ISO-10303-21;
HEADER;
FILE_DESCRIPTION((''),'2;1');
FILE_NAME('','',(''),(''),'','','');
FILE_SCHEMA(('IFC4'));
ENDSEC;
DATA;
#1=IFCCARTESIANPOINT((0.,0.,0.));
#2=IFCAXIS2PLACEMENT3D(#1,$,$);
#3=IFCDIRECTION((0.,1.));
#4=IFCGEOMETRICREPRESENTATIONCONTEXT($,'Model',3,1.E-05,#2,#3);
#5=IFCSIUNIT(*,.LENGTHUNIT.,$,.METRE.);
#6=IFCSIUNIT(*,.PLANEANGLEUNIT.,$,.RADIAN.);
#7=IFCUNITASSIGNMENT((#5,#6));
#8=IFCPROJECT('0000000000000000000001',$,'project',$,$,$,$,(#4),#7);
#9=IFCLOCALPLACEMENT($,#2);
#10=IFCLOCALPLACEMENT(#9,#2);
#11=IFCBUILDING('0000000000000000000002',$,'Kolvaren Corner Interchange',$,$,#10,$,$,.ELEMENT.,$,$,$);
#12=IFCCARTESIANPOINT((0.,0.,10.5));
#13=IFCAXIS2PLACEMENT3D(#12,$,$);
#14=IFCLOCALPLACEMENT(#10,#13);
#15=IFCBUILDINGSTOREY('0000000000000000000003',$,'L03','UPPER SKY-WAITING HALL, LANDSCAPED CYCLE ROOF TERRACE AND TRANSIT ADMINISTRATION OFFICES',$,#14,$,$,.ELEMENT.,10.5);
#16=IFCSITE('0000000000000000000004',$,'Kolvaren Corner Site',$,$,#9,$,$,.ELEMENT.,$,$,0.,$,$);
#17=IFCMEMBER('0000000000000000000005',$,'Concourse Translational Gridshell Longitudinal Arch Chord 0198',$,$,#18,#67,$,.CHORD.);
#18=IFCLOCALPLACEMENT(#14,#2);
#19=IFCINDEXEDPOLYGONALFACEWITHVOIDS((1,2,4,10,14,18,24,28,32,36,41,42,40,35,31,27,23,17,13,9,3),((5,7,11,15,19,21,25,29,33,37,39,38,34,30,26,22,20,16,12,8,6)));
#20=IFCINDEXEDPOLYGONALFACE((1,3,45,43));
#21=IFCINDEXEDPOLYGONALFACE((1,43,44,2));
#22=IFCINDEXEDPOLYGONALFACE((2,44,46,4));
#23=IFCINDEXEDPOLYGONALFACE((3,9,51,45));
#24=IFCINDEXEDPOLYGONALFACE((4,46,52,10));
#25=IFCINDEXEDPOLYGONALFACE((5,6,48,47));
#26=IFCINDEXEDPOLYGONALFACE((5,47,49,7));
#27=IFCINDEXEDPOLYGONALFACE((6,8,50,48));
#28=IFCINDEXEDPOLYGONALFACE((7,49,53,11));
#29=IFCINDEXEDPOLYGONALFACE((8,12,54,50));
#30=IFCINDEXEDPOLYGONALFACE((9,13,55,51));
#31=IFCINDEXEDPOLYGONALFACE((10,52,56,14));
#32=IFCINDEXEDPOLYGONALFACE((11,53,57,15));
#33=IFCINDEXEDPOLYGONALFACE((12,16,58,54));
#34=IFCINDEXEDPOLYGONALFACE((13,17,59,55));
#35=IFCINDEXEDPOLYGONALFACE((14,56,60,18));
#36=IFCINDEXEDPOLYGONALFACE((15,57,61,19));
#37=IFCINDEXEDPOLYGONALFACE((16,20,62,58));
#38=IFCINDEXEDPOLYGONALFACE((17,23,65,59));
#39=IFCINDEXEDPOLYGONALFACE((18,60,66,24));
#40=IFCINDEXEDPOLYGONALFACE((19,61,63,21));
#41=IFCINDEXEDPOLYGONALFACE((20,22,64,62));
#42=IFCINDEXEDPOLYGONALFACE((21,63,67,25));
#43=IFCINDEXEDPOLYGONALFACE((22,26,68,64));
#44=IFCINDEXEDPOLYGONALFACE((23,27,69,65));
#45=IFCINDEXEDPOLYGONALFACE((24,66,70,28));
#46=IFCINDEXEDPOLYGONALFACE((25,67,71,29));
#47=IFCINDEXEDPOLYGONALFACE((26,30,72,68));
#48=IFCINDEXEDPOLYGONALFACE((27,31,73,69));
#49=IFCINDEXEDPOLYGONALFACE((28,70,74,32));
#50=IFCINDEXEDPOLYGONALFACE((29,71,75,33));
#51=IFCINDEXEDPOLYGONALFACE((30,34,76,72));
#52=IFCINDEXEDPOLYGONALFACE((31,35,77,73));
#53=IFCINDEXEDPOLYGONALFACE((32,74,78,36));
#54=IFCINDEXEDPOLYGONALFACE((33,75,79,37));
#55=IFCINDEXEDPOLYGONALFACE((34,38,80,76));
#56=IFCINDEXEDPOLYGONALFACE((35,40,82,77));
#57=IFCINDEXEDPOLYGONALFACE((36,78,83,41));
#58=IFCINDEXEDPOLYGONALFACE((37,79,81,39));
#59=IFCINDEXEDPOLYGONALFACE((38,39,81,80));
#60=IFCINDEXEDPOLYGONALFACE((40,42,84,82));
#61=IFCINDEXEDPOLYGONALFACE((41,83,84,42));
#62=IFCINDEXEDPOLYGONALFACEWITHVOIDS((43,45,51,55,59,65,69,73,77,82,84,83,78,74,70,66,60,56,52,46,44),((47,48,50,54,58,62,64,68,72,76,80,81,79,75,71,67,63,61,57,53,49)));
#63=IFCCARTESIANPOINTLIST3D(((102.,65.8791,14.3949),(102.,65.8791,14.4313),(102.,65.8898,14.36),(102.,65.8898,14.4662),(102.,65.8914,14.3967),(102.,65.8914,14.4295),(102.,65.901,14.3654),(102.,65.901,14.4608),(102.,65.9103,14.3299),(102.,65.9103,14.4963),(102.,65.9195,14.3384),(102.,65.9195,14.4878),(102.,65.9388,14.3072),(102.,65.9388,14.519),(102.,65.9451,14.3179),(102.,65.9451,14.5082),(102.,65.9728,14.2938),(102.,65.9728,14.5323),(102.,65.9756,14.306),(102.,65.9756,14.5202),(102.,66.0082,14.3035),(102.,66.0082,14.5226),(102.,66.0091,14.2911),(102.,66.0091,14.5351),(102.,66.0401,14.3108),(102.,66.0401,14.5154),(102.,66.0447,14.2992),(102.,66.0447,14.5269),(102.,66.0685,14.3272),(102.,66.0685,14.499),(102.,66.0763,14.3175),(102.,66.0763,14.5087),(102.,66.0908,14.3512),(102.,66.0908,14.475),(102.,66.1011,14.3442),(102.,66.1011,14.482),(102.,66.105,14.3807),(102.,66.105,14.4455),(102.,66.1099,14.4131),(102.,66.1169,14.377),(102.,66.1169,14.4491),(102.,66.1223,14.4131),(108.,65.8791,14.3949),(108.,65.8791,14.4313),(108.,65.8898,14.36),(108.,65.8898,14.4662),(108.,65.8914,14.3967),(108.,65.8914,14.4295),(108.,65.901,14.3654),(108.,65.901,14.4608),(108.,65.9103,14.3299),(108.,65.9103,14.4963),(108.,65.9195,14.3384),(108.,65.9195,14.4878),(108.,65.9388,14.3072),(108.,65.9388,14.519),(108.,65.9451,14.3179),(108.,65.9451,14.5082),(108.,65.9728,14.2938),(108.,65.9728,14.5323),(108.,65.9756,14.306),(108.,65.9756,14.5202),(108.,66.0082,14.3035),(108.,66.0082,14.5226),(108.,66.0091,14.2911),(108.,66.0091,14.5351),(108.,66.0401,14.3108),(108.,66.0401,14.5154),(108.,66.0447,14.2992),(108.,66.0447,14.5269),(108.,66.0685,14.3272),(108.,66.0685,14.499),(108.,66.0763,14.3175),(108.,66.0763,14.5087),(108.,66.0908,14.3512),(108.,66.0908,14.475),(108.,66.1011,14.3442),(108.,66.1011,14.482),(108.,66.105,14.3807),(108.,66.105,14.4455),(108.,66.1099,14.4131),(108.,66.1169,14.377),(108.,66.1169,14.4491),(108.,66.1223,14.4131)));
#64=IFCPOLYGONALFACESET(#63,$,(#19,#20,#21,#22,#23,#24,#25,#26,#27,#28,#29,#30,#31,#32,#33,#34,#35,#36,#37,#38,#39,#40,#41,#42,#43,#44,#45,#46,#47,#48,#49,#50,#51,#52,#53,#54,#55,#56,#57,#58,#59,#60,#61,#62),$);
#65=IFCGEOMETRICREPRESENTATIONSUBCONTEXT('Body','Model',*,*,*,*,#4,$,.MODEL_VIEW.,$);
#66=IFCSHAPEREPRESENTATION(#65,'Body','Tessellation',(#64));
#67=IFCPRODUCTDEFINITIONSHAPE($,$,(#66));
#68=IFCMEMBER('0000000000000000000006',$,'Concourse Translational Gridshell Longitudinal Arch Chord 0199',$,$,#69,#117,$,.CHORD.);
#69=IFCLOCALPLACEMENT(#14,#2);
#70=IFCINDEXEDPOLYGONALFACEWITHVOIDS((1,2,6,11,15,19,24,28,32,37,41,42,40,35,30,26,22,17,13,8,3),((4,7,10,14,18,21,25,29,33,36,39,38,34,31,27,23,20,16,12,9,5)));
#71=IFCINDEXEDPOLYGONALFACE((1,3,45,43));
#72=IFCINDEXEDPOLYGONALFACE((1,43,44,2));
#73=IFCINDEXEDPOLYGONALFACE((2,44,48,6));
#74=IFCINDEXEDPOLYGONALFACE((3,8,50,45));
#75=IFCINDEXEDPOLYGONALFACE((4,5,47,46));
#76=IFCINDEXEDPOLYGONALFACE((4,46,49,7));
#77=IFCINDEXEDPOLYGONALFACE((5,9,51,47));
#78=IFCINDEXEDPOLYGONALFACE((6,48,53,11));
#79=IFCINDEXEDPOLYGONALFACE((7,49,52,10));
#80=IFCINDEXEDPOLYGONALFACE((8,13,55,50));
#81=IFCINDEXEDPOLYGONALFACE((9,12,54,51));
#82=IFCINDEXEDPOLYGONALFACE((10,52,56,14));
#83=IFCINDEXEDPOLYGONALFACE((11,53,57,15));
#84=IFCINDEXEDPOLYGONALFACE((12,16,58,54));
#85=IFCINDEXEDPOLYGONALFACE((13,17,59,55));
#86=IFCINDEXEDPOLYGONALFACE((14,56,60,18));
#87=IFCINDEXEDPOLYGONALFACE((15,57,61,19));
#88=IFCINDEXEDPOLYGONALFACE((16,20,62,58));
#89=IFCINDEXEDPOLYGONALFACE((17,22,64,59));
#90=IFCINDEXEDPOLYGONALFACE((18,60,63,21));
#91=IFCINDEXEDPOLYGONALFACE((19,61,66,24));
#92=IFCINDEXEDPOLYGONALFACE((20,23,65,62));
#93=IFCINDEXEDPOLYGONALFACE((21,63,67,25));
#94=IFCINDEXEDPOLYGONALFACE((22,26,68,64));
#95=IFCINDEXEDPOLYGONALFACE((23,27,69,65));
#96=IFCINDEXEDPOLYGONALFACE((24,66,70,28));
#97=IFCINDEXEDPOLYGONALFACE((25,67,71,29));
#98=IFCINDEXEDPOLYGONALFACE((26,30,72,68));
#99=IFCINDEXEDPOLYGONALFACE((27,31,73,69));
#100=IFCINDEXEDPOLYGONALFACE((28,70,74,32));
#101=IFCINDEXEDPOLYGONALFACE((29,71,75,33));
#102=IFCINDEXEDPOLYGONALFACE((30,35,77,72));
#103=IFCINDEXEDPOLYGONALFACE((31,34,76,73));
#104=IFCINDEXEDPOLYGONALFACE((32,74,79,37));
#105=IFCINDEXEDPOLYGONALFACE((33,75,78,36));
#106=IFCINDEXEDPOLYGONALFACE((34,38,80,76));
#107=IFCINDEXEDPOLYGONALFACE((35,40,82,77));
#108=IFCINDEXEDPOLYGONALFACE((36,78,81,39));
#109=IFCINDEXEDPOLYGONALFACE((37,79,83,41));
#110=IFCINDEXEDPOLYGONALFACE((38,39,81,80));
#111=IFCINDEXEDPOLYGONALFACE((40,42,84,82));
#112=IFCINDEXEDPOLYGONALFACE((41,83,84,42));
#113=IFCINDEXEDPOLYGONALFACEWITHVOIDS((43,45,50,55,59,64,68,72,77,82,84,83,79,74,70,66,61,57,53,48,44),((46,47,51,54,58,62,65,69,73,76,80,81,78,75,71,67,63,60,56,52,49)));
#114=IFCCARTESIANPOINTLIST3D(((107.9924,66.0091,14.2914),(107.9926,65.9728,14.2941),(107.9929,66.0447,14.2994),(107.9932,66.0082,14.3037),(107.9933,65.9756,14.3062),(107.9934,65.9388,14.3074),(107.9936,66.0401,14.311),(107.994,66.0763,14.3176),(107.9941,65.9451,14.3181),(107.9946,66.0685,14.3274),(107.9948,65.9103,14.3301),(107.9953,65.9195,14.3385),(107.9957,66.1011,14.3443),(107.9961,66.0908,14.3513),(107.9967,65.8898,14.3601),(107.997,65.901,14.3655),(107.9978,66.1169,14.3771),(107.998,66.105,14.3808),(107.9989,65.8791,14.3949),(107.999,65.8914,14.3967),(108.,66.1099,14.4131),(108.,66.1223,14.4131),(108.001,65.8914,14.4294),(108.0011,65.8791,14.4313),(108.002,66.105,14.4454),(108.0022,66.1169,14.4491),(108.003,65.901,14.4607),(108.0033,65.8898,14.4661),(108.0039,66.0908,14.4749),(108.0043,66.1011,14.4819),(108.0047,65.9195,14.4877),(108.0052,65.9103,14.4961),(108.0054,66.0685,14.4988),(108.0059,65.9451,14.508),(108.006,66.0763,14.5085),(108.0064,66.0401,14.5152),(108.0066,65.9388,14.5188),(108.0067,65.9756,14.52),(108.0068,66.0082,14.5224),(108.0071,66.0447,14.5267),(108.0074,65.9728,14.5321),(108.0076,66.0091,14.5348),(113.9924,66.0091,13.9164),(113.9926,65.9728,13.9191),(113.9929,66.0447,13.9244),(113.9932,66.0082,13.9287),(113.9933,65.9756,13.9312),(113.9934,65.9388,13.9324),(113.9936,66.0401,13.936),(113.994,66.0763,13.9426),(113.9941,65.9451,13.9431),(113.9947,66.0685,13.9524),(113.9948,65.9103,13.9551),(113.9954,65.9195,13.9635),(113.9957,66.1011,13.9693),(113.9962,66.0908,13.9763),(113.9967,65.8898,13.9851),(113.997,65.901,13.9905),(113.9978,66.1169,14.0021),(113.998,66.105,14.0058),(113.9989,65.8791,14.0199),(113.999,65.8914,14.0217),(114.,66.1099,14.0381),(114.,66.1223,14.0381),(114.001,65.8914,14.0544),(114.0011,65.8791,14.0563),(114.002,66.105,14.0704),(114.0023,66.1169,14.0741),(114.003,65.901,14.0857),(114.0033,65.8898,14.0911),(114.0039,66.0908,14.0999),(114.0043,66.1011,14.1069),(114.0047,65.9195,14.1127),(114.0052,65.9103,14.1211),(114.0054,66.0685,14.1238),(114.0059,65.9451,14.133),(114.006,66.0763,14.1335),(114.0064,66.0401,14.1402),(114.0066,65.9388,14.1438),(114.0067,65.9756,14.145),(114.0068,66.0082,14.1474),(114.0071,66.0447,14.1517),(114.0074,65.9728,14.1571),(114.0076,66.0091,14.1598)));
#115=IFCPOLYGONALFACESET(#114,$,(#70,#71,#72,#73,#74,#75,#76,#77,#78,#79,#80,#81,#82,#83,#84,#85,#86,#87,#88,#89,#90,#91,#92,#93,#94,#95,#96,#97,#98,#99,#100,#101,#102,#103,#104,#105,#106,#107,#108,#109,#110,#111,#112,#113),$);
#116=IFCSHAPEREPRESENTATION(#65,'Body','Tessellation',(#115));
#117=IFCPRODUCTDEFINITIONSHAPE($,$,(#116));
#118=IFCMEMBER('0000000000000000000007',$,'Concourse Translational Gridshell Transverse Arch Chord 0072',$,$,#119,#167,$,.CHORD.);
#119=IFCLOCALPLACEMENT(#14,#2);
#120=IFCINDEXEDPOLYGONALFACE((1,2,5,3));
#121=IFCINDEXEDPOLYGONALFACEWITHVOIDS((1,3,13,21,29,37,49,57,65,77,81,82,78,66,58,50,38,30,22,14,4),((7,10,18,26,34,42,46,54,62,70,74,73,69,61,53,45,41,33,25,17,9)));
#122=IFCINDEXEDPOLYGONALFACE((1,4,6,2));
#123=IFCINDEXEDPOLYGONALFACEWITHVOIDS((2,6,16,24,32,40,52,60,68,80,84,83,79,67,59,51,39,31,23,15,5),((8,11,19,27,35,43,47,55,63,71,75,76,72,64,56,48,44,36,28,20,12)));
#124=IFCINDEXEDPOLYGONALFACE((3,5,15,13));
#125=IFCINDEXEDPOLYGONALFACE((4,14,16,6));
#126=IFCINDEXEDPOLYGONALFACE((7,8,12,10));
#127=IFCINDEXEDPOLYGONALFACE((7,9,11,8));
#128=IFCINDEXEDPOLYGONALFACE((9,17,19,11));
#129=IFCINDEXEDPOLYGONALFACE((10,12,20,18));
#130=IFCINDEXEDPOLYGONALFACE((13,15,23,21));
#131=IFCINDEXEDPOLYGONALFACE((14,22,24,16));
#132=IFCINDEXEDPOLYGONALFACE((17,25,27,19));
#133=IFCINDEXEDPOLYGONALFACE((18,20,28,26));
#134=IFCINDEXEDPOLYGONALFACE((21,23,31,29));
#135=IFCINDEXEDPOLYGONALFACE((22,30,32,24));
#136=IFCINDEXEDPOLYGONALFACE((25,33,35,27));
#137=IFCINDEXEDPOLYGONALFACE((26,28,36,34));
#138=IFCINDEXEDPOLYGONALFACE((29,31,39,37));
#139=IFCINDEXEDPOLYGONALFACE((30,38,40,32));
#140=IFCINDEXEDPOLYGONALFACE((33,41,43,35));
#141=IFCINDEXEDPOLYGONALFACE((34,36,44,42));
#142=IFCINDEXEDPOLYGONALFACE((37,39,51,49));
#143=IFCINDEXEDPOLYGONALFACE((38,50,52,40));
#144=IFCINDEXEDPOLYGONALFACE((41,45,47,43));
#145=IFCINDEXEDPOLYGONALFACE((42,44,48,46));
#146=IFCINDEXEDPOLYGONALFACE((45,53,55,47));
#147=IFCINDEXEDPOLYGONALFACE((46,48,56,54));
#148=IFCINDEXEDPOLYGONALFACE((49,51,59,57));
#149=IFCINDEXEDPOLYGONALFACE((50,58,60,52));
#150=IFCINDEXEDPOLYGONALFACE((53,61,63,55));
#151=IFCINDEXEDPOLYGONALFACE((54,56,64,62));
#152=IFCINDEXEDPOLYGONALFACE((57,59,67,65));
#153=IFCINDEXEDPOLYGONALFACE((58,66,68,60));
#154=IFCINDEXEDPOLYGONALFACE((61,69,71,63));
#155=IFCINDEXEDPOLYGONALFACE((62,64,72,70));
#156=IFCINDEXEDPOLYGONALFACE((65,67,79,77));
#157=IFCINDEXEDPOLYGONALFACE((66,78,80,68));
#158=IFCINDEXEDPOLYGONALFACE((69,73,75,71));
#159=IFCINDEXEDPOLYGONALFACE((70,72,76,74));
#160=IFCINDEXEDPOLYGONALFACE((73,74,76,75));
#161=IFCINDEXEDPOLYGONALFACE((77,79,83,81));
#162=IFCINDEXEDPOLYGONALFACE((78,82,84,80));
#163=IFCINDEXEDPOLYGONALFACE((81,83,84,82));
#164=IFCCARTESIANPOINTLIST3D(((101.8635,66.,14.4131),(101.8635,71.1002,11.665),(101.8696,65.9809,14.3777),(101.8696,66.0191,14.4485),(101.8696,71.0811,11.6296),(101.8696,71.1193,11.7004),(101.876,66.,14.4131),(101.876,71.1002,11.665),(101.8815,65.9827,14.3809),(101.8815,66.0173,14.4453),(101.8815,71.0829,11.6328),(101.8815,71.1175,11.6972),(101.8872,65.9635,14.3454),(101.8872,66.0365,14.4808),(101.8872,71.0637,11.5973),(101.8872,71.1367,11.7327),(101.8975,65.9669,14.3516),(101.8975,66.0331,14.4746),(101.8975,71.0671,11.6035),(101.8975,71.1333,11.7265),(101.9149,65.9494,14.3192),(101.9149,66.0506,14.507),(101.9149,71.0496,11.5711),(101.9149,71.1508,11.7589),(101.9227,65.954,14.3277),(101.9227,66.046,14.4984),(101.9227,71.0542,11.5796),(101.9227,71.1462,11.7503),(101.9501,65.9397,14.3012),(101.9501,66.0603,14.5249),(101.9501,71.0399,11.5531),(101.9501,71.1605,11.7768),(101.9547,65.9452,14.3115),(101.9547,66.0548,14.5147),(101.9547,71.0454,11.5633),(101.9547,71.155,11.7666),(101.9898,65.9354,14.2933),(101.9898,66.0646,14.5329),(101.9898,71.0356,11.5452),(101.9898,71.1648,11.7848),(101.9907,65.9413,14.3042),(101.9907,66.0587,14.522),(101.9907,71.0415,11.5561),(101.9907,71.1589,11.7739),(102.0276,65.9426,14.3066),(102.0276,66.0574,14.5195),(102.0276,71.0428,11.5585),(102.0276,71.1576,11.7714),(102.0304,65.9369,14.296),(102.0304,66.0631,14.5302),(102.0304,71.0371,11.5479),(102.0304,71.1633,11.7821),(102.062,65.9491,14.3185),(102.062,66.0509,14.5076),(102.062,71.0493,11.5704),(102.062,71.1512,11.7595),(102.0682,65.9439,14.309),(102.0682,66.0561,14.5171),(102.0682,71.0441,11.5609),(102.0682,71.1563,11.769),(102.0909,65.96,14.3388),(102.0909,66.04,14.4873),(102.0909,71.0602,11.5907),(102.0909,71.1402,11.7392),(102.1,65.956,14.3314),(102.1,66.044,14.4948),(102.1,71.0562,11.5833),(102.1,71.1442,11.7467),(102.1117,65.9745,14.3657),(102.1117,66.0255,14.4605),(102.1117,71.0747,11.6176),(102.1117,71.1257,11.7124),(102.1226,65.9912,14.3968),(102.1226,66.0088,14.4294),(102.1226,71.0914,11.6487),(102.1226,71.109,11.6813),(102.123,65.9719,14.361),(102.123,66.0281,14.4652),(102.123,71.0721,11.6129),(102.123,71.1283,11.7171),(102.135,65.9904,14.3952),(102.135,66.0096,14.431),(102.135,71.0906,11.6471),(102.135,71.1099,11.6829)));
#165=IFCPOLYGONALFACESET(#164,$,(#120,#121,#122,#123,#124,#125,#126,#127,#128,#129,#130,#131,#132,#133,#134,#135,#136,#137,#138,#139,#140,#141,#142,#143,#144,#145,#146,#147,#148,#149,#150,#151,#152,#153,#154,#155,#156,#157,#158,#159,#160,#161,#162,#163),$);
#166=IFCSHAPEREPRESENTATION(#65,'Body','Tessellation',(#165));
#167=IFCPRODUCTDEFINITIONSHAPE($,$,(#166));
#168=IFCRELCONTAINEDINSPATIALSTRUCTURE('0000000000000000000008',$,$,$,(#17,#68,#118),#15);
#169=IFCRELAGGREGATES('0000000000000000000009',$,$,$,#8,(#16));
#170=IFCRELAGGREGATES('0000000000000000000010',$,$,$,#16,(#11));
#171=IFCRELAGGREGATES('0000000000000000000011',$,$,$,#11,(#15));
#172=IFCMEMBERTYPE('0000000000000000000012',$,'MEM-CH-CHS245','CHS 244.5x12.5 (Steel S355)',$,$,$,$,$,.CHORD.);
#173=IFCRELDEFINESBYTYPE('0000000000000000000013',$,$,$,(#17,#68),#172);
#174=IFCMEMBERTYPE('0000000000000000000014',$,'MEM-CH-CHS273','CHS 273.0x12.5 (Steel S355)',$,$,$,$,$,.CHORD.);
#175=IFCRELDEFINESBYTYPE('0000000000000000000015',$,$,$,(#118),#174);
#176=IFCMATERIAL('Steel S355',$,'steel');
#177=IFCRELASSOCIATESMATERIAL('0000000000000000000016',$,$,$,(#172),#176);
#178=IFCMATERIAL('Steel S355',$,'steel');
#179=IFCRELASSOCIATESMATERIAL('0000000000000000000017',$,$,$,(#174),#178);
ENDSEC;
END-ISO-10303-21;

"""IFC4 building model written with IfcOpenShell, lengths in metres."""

from ifc_helpers import new_model, si_unit, direction, frame, origin, origin_2d, place, context, subcontext, project, spatial, hollow_circle, extrude, material, material_profile, profile_set, type_object, element, save


model = new_model("IFC4")

# Units and contexts
model_context = context("Model", 3, precision=1e-05, world=origin(), true_north=direction((0.0, 1.0)))
body_context = subcontext(model_context, "Body", "Model", "MODEL_VIEW")
ifc_project = project(units=[si_unit("LENGTHUNIT", "METRE"), si_unit("PLANEANGLEUNIT", "RADIAN")], contexts=[model_context])

# Site, building, storey
site_placement = place(None, origin())
site = spatial("IfcSite", under=ifc_project, at=site_placement, Name="Kolvaren Corner Site", CompositionType="ELEMENT", RefElevation=0.0)
building_placement = place(site_placement, origin())
building = spatial("IfcBuilding", under=site, at=building_placement, Name="Kolvaren Corner Interchange", CompositionType="ELEMENT")
storey_placement = place(building_placement, frame((0.0, 0.0, 10.5)))
storey = spatial("IfcBuildingStorey", under=building, at=storey_placement, Name="L03", Description="UPPER SKY-WAITING HALL, LANDSCAPED CYCLE ROOF TERRACE AND TRANSIT ADMINISTRATION OFFICES", CompositionType="ELEMENT", Elevation=10.5)

# Members
ifc_material_1 = material(Name="Steel S355", Category="steel")
ifc_material_profile_1 = material_profile(ifc_material_1, hollow_circle(Radius=0.1223, WallThickness=0.0125, at=origin_2d()), Name="CHS 244.5x12.5")
ifc_profile_set_1 = profile_set([ifc_material_profile_1], Name="Steel S355")
member_type_1 = type_object("IfcMemberType", Name="MEM-CH-CHS245", Description="CHS 244.5x12.5 (Steel S355)", PredefinedType="CHORD", material=ifc_profile_set_1)
member_1_placement = place(storey_placement, frame((102.0, 66.0, 14.4131), z_axis=(1.0, 0.0, 0.0), x_axis=(0.0, 1.0, 0.0)))
element("IfcMember", 1, at=member_1_placement, inside=storey, type_object=member_type_1, Name="Concourse Translational Gridshell Longitudinal Arch Chord 0198", PredefinedType="CHORD", context=body_context, shape_type="SweptSolid", body=[
    extrude(hollow_circle(Radius=0.1223, WallThickness=0.0125, at=origin_2d()), origin(), (0.0, 0.0, 1.0), 6.0),
])
member_2_placement = place(storey_placement, frame((108.0, 66.0, 14.4131), z_axis=(0.998053, 0.0, -0.062378), x_axis=(0.0, 1.0, 0.0)))
element("IfcMember", 2, at=member_2_placement, inside=storey, type_object=member_type_1, Name="Concourse Translational Gridshell Longitudinal Arch Chord 0199", PredefinedType="CHORD", context=body_context, shape_type="SweptSolid", body=[
    extrude(hollow_circle(Radius=0.1223, WallThickness=0.0125, at=origin_2d()), origin(), (0.0, 0.0, 1.0), 6.0117),
])
ifc_material_2 = material(Name="Steel S355", Category="steel")
ifc_material_profile_2 = material_profile(ifc_material_2, hollow_circle(Radius=0.1365, WallThickness=0.0125, at=origin_2d()), Name="CHS 273.0x12.5")
ifc_profile_set_2 = profile_set([ifc_material_profile_2], Name="Steel S355")
member_type_2 = type_object("IfcMemberType", Name="MEM-CH-CHS273", Description="CHS 273.0x12.5 (Steel S355)", PredefinedType="CHORD", material=ifc_profile_set_2)
member_3_placement = place(storey_placement, frame((102.0, 66.0, 14.4131), z_axis=(0.0, 0.880338, -0.474346), x_axis=(-1.0, 0.0, 0.0)))
element("IfcMember", 3, at=member_3_placement, inside=storey, type_object=member_type_2, Name="Concourse Translational Gridshell Transverse Arch Chord 0072", PredefinedType="CHORD", context=body_context, shape_type="SweptSolid", body=[
    extrude(hollow_circle(Radius=0.1365, WallThickness=0.0125, at=origin_2d()), origin(), (0.0, 0.0, 1.0), 5.7935),
])

save(model, "model.ifc")
